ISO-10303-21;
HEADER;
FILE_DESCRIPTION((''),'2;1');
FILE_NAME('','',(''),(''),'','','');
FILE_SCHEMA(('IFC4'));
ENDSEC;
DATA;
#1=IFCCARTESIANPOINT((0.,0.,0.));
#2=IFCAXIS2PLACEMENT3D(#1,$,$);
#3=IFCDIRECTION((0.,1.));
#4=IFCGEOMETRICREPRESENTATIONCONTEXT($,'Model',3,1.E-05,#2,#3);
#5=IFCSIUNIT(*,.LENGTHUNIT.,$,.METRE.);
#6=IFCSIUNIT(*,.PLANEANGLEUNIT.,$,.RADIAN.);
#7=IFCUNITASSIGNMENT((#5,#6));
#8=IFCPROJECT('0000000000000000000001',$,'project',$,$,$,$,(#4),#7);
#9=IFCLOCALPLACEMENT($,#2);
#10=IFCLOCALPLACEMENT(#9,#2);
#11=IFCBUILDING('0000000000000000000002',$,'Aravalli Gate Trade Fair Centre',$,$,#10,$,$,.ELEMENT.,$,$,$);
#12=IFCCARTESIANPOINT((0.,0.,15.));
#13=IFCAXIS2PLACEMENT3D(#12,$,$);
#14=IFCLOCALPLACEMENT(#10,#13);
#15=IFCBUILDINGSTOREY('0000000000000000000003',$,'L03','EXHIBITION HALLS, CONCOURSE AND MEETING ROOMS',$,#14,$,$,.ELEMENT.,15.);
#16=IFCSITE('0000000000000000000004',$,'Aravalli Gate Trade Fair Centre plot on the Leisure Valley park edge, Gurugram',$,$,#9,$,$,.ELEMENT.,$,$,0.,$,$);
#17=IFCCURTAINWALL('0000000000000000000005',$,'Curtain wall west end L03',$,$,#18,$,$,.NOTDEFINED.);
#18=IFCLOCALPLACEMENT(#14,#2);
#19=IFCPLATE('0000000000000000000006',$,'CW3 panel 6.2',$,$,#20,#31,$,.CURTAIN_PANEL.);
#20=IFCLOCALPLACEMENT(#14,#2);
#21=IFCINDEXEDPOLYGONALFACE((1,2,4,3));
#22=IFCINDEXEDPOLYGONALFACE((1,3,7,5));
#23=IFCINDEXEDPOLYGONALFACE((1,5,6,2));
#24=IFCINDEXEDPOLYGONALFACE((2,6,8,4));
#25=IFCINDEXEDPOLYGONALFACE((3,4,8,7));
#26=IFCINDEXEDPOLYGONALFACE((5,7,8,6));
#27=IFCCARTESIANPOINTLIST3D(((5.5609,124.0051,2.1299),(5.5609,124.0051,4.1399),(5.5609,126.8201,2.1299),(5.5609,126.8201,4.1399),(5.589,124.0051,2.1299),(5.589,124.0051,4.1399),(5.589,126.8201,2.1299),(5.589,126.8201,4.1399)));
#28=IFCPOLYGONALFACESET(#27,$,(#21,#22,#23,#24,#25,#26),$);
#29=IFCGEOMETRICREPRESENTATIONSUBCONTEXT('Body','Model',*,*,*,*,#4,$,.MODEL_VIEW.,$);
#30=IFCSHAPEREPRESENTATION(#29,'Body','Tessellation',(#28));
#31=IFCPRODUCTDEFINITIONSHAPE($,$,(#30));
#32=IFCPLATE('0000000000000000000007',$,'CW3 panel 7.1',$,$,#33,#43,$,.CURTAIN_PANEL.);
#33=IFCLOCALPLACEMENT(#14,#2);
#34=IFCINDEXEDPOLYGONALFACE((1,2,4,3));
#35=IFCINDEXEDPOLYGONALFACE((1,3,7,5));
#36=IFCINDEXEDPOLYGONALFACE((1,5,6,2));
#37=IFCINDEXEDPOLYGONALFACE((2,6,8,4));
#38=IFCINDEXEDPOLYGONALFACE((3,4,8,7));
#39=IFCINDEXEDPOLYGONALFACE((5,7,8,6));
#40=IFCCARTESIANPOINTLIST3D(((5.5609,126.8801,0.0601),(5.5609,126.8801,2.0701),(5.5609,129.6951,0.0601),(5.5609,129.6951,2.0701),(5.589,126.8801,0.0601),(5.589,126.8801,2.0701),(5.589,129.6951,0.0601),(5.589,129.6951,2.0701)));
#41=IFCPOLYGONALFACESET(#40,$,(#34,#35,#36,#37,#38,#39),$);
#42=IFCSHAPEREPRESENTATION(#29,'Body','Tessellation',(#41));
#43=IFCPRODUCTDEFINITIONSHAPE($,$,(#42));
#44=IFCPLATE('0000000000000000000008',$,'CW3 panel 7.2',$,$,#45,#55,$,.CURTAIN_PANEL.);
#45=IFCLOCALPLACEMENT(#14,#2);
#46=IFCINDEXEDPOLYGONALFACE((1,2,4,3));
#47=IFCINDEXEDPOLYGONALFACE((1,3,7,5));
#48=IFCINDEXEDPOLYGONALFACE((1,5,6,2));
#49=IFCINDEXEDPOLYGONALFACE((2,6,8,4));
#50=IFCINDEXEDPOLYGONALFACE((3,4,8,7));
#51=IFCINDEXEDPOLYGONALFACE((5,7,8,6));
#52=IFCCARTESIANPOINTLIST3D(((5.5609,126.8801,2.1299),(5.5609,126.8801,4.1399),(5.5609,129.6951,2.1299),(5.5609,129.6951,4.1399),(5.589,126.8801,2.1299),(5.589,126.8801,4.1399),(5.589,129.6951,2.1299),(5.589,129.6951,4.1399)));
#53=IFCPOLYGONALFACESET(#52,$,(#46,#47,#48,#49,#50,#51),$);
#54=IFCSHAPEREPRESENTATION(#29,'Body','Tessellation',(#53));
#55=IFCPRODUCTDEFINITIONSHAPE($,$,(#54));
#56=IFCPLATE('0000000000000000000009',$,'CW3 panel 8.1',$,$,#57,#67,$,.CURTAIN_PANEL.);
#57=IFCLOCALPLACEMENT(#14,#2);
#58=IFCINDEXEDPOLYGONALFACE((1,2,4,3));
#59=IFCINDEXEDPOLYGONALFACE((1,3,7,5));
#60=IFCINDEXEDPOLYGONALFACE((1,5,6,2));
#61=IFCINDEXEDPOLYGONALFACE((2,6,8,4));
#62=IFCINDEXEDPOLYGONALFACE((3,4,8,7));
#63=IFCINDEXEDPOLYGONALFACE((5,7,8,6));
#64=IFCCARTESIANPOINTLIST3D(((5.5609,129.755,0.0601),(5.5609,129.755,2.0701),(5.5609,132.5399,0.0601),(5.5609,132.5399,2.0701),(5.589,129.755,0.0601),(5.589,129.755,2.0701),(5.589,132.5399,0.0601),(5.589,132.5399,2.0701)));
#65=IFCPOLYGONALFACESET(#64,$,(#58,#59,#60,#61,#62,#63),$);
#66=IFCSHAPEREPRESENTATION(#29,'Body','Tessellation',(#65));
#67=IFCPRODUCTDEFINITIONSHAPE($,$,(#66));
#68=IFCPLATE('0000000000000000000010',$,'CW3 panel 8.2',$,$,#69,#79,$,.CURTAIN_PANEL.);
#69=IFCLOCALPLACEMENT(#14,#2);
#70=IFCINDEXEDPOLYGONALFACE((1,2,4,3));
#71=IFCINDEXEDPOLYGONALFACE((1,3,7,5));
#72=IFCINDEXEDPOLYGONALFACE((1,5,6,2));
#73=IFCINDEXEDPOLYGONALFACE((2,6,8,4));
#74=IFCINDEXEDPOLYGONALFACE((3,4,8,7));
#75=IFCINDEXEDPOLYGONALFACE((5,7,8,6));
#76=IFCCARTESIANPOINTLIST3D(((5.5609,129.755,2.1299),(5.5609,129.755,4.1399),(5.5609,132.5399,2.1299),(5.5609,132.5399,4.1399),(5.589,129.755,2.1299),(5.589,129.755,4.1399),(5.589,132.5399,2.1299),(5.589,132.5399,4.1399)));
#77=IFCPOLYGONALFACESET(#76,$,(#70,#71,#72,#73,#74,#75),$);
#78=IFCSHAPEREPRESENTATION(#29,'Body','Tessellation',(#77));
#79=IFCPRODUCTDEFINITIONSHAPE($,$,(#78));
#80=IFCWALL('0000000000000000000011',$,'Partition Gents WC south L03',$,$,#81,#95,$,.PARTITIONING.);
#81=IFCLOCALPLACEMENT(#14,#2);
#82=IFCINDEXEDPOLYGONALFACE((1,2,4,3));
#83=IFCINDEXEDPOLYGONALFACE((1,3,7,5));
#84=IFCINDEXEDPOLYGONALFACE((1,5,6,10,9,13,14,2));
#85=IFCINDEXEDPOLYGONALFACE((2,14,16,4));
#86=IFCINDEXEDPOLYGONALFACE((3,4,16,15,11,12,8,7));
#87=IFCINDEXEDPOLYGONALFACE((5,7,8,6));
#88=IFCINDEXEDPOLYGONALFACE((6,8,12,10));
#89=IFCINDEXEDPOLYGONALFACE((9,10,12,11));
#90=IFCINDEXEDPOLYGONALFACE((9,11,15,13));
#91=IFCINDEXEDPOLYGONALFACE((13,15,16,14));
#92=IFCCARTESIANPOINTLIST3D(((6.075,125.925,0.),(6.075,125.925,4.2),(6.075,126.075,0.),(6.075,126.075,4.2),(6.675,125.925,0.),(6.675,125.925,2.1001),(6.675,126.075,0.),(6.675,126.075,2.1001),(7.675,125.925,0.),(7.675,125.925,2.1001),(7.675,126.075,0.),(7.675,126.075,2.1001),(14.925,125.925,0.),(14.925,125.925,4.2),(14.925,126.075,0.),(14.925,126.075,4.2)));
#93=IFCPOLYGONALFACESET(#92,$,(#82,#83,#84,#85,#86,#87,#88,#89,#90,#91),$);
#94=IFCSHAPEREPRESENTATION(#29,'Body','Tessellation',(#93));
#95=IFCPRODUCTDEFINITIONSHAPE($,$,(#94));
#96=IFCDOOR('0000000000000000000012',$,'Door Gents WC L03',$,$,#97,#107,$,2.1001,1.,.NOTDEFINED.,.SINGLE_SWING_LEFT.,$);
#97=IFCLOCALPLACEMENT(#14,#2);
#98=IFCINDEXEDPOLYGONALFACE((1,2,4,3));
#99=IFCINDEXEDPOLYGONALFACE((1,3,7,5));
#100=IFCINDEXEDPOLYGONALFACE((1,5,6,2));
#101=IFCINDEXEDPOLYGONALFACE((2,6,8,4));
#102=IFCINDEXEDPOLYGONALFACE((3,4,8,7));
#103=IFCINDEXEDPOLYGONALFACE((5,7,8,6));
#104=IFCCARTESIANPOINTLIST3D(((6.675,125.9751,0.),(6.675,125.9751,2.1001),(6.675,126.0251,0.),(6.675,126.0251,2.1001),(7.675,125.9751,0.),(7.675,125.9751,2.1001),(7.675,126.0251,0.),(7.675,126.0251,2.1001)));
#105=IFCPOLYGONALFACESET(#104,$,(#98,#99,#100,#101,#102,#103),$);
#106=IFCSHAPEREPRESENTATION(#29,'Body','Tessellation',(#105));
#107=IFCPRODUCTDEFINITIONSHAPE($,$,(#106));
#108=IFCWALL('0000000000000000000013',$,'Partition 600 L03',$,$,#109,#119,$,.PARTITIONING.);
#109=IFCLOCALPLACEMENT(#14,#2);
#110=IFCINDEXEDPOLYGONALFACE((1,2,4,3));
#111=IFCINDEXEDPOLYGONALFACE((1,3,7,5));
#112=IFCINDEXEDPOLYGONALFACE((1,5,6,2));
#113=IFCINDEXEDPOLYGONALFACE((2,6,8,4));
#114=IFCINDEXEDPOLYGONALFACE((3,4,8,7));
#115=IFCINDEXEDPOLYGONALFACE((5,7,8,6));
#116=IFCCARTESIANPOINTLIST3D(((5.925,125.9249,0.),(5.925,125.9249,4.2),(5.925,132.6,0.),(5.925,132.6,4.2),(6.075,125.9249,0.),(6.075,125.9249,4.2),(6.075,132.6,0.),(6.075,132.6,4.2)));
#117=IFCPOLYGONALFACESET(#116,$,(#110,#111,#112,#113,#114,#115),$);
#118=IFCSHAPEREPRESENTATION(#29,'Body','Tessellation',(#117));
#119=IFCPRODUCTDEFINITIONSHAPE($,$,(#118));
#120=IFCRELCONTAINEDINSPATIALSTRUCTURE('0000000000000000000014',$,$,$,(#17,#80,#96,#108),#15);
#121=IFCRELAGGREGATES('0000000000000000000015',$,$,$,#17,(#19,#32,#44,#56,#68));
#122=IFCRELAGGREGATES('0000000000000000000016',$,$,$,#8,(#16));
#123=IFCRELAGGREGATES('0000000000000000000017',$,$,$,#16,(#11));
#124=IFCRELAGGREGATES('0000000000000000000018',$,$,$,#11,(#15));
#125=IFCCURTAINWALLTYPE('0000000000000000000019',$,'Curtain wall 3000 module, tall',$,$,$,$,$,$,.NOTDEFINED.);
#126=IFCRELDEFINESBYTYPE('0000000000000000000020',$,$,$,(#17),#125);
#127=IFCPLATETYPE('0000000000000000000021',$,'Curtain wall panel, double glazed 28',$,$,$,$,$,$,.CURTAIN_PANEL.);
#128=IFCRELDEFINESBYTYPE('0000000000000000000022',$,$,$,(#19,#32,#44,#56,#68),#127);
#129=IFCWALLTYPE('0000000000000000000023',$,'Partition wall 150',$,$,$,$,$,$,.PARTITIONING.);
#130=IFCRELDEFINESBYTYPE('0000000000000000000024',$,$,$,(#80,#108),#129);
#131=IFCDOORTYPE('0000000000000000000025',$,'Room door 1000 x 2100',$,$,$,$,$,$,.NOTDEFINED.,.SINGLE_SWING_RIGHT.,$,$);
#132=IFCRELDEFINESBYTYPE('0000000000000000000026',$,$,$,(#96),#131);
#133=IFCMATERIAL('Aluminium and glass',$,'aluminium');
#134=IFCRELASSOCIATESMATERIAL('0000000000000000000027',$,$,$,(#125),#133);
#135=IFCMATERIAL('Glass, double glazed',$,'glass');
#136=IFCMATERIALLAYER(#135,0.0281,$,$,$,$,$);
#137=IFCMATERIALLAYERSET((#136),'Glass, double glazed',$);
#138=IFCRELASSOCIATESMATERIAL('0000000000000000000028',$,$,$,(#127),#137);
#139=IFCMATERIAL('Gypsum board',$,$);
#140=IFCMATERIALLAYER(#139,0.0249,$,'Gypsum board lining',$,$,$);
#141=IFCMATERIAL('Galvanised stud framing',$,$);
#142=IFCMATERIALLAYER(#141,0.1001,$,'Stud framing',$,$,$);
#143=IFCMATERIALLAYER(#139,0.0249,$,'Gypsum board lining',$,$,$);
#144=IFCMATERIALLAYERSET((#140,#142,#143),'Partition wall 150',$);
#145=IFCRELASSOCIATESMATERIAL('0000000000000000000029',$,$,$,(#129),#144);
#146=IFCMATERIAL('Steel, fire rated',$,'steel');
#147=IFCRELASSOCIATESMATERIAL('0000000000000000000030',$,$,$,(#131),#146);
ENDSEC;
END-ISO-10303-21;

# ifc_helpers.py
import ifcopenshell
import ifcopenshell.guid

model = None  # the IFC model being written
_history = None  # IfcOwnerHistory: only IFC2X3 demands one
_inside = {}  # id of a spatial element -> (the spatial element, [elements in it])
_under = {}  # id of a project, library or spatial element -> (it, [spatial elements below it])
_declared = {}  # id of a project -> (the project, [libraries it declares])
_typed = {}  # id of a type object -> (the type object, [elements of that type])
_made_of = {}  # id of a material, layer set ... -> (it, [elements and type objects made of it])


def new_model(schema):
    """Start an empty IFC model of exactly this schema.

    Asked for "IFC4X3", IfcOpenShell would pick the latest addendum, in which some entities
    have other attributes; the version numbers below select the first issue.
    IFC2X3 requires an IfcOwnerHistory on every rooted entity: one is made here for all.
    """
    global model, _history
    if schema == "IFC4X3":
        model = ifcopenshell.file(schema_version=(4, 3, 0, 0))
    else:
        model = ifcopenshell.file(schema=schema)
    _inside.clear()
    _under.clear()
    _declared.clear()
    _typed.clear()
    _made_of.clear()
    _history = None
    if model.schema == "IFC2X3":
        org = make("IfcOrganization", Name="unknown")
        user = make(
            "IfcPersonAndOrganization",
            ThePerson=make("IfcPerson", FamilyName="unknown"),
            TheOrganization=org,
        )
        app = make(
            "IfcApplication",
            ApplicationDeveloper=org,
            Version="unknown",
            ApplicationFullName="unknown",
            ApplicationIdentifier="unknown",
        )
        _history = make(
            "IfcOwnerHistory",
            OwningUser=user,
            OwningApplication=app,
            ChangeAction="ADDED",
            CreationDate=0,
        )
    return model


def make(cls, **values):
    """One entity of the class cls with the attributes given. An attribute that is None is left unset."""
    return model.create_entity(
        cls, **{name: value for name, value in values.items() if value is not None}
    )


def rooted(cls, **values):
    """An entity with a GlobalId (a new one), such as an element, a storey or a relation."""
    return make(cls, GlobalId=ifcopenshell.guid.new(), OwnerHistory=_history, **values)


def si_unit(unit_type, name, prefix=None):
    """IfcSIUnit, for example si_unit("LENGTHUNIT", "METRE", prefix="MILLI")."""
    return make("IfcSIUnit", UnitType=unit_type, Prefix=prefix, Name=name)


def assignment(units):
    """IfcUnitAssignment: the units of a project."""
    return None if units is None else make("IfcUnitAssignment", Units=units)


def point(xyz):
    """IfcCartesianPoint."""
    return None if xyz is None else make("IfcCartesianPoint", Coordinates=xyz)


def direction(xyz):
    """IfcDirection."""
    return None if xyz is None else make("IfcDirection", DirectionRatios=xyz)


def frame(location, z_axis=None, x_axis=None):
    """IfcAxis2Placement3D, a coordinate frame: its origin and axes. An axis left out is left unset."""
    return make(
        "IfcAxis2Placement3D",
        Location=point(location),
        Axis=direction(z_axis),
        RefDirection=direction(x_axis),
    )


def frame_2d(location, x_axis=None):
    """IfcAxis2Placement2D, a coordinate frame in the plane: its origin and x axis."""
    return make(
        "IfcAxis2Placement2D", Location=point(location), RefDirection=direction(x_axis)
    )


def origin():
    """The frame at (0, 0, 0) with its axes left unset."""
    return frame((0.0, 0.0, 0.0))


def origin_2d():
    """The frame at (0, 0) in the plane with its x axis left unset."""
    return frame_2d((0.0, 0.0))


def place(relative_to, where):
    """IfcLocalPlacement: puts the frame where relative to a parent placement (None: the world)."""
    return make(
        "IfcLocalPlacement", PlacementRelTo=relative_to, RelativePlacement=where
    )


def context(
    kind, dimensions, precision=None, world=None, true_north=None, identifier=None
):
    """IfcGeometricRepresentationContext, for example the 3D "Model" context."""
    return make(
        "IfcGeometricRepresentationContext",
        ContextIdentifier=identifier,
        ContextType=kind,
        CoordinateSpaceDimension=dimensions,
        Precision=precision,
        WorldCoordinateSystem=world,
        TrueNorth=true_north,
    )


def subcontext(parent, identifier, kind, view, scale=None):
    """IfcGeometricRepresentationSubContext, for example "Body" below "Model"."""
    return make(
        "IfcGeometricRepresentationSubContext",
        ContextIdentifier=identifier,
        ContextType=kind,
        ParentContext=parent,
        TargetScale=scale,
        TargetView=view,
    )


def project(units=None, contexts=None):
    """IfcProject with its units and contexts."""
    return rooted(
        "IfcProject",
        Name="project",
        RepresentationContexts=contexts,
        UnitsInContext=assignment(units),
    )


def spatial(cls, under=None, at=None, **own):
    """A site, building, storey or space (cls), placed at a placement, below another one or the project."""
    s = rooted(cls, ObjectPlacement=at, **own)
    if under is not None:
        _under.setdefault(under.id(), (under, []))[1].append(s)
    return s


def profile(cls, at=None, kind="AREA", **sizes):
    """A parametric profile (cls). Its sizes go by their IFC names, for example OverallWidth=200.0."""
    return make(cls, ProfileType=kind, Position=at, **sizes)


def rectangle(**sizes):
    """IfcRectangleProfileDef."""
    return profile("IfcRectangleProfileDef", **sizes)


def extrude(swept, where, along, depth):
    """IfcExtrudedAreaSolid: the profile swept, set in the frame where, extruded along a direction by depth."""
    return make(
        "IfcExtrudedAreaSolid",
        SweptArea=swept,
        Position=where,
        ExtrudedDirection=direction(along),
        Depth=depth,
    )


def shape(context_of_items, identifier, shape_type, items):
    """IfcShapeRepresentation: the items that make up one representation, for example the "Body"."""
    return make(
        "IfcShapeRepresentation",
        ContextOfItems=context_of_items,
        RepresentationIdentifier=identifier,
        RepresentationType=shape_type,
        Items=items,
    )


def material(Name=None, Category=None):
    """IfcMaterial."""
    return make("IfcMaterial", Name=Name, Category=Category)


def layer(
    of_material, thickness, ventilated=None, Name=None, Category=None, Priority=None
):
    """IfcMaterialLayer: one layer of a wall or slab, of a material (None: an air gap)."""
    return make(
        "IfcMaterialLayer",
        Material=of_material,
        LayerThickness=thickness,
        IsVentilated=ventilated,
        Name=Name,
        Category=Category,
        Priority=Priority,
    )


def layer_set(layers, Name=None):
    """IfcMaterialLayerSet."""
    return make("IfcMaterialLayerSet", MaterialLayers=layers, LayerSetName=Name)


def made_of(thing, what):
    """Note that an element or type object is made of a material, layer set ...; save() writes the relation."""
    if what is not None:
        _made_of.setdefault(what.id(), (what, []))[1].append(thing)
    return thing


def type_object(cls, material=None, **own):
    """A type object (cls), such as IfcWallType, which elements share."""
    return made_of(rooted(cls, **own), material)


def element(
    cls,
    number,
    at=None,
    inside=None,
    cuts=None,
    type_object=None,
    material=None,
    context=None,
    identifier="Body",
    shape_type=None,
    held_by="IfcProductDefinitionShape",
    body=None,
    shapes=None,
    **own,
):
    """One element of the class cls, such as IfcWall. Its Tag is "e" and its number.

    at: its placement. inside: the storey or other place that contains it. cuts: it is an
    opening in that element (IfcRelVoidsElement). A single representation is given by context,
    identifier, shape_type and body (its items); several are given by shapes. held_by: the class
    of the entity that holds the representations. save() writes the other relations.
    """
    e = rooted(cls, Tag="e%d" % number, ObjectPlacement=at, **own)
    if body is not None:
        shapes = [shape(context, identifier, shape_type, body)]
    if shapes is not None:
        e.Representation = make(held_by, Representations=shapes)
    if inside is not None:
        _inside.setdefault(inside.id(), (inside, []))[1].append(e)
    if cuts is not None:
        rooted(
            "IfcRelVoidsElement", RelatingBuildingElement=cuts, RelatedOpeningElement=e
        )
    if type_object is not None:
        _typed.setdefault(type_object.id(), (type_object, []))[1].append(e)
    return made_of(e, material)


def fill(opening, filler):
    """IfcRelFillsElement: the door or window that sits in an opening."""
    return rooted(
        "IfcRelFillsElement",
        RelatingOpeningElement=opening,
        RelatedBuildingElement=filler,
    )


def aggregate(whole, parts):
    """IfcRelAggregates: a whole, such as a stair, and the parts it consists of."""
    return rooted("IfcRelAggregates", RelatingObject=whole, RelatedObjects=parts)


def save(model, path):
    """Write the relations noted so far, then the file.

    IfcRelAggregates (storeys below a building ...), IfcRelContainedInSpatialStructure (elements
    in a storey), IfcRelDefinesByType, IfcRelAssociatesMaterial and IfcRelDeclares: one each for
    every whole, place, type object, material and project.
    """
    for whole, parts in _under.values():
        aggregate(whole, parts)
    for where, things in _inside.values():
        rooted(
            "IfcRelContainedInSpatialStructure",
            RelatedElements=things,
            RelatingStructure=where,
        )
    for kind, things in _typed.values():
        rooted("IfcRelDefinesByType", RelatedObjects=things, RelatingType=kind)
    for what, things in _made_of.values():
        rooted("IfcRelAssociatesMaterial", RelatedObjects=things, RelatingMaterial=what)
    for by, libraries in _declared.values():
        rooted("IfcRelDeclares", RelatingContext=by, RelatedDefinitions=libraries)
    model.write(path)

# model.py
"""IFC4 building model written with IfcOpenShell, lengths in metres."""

from ifc_helpers import new_model, si_unit, direction, frame, frame_2d, origin, origin_2d, place, context, subcontext, project, spatial, rectangle, extrude, material, layer, layer_set, type_object, element, fill, aggregate, save


model = new_model("IFC4")

# Units and contexts
model_context = context("Model", 3, precision=1e-05, world=origin(), true_north=direction((0.0, 1.0)))
body_context = subcontext(model_context, "Body", "Model", "MODEL_VIEW")
ifc_project = project(units=[si_unit("LENGTHUNIT", "METRE"), si_unit("PLANEANGLEUNIT", "RADIAN")], contexts=[model_context])

# Site, building, storey
site_placement = place(None, origin())
site = spatial("IfcSite", under=ifc_project, at=site_placement, Name="Aravalli Gate Trade Fair Centre plot on the Leisure Valley park edge, Gurugram", CompositionType="ELEMENT", RefElevation=0.0)
building_placement = place(site_placement, origin())
building = spatial("IfcBuilding", under=site, at=building_placement, Name="Aravalli Gate Trade Fair Centre", CompositionType="ELEMENT")
storey_placement = place(building_placement, frame((0.0, 0.0, 15.0)))
storey = spatial("IfcBuildingStorey", under=building, at=storey_placement, Name="L03", Description="EXHIBITION HALLS, CONCOURSE AND MEETING ROOMS", CompositionType="ELEMENT", Elevation=15.0)

# Shared definitions
ifc_material_1 = material(Name="Aluminium and glass", Category="aluminium")
curtain_wall_type = type_object("IfcCurtainWallType", Name="Curtain wall 3000 module, tall", PredefinedType="NOTDEFINED", material=ifc_material_1)

# Curtain wall
curtain_wall_1_placement = place(storey_placement, origin())
curtain_wall_1 = element("IfcCurtainWall", 1, at=curtain_wall_1_placement, inside=storey, type_object=curtain_wall_type, Name="Curtain wall west end L03", PredefinedType="NOTDEFINED")

# Plates
ifc_material_2 = material(Name="Glass, double glazed", Category="glass")
ifc_layer_1 = layer(ifc_material_2, 0.0281)
ifc_layer_set_1 = layer_set([ifc_layer_1], Name="Glass, double glazed")
plate_type = type_object("IfcPlateType", Name="Curtain wall panel, double glazed 28", PredefinedType="CURTAIN_PANEL", material=ifc_layer_set_1)
plate_1_placement = place(storey_placement, frame((5.575, 125.4126, 2.1299), z_axis=(0.0, 0.0, 1.0), x_axis=(0.0, 1.0, 0.0)))
plate_1 = element("IfcPlate", 2, at=plate_1_placement, type_object=plate_type, Name="CW3 panel 6.2", PredefinedType="CURTAIN_PANEL", context=body_context, shape_type="SweptSolid", body=[
    extrude(rectangle(XDim=2.8149, YDim=0.0281, at=origin_2d()), origin(), (0.0, 0.0, 1.0), 2.01),
])
plate_2_placement = place(storey_placement, frame((5.575, 128.2876, 0.0601), z_axis=(0.0, 0.0, 1.0), x_axis=(0.0, 1.0, 0.0)))
plate_2 = element("IfcPlate", 3, at=plate_2_placement, type_object=plate_type, Name="CW3 panel 7.1", PredefinedType="CURTAIN_PANEL", context=body_context, shape_type="SweptSolid", body=[
    extrude(rectangle(XDim=2.8149, YDim=0.0281, at=origin_2d()), origin(), (0.0, 0.0, 1.0), 2.01),
])
plate_3_placement = place(storey_placement, frame((5.575, 128.2876, 2.1299), z_axis=(0.0, 0.0, 1.0), x_axis=(0.0, 1.0, 0.0)))
plate_3 = element("IfcPlate", 4, at=plate_3_placement, type_object=plate_type, Name="CW3 panel 7.2", PredefinedType="CURTAIN_PANEL", context=body_context, shape_type="SweptSolid", body=[
    extrude(rectangle(XDim=2.8149, YDim=0.0281, at=origin_2d()), origin(), (0.0, 0.0, 1.0), 2.01),
])
plate_4_placement = place(storey_placement, frame((5.575, 131.1475, 0.0601), z_axis=(0.0, 0.0, 1.0), x_axis=(0.0, 1.0, 0.0)))
plate_4 = element("IfcPlate", 5, at=plate_4_placement, type_object=plate_type, Name="CW3 panel 8.1", PredefinedType="CURTAIN_PANEL", context=body_context, shape_type="SweptSolid", body=[
    extrude(rectangle(XDim=2.7849, YDim=0.0281, at=origin_2d()), origin(), (0.0, 0.0, 1.0), 2.01),
])
plate_5_placement = place(storey_placement, frame((5.575, 131.1475, 2.1299), z_axis=(0.0, 0.0, 1.0), x_axis=(0.0, 1.0, 0.0)))
plate_5 = element("IfcPlate", 6, at=plate_5_placement, type_object=plate_type, Name="CW3 panel 8.2", PredefinedType="CURTAIN_PANEL", context=body_context, shape_type="SweptSolid", body=[
    extrude(rectangle(XDim=2.7849, YDim=0.0281, at=origin_2d()), origin(), (0.0, 0.0, 1.0), 2.01),
])
aggregate(curtain_wall_1, [plate_1, plate_2, plate_3, plate_4, plate_5])

# Wall, opening, door
ifc_material_3 = material(Name="Gypsum board")
ifc_layer_2 = layer(ifc_material_3, 0.0249, Name="Gypsum board lining")
ifc_material_4 = material(Name="Galvanised stud framing")
ifc_layer_3 = layer(ifc_material_4, 0.1001, Name="Stud framing")
ifc_layer_4 = layer(ifc_material_3, 0.0249, Name="Gypsum board lining")
ifc_layer_set_2 = layer_set([ifc_layer_2, ifc_layer_3, ifc_layer_4], Name="Partition wall 150")
wall_type = type_object("IfcWallType", Name="Partition wall 150", PredefinedType="PARTITIONING", material=ifc_layer_set_2)
wall_1_placement = place(storey_placement, frame((6.075, 126.0, 0.0), z_axis=(0.0, 0.0, 1.0), x_axis=(1.0, 0.0, 0.0)))
wall_1 = element("IfcWall", 7, at=wall_1_placement, inside=storey, type_object=wall_type, Name="Partition Gents WC south L03", PredefinedType="PARTITIONING", context=body_context, shape_type="SweptSolid", body=[
    extrude(rectangle(XDim=8.8501, YDim=0.1499, at=frame_2d((4.425, 0.0))), origin(), (0.0, 0.0, 1.0), 4.2),
])
opening_placement = place(wall_1_placement, frame((0.6001, 0.0, 0.0)))
opening = element("IfcOpeningElement", 8, at=opening_placement, cuts=wall_1, PredefinedType="OPENING", context=body_context, shape_type="SweptSolid", body=[
    extrude(rectangle(XDim=1.0, YDim=2.1001, at=frame_2d((0.5, 1.05))), frame((0.0, 0.085, 0.0), z_axis=(0.0, -1.0, 0.0), x_axis=(1.0, 0.0, 0.0)), (0.0, 0.0, 1.0), 0.1699),
])
ifc_material_5 = material(Name="Steel, fire rated", Category="steel")
door_type = type_object("IfcDoorType", Name="Room door 1000 x 2100", OperationType="SINGLE_SWING_RIGHT", PredefinedType="NOTDEFINED", material=ifc_material_5)
door_placement = place(opening_placement, frame((1.0, 0.0, 0.0), z_axis=(0.0, 0.0, 1.0), x_axis=(-1.0, 0.0, 0.0)))
door = element("IfcDoor", 9, at=door_placement, inside=storey, type_object=door_type, Name="Door Gents WC L03", OperationType="SINGLE_SWING_LEFT", OverallHeight=2.1001, OverallWidth=1.0, PredefinedType="NOTDEFINED", context=body_context, shape_type="SweptSolid", body=[
    extrude(rectangle(XDim=1.0, YDim=2.1001, at=frame_2d((0.5, 1.05))), frame((0.0, 0.0249, 0.0), z_axis=(0.0, -1.0, 0.0), x_axis=(1.0, 0.0, 0.0)), (0.0, 0.0, 1.0), 0.05),
])
fill(opening, door)

# Wall
wall_2_placement = place(storey_placement, frame((6.0, 125.925, 0.0), z_axis=(0.0, 0.0, 1.0), x_axis=(0.0, 1.0, 0.0)))
element("IfcWall", 10, at=wall_2_placement, inside=storey, type_object=wall_type, Name="Partition 600 L03", PredefinedType="PARTITIONING", context=body_context, shape_type="SweptSolid", body=[
    extrude(rectangle(XDim=6.675, YDim=0.1499, at=frame_2d((3.3374, 0.0))), origin(), (0.0, 0.0, 1.0), 4.2),
])

save(model, "model.ifc")
